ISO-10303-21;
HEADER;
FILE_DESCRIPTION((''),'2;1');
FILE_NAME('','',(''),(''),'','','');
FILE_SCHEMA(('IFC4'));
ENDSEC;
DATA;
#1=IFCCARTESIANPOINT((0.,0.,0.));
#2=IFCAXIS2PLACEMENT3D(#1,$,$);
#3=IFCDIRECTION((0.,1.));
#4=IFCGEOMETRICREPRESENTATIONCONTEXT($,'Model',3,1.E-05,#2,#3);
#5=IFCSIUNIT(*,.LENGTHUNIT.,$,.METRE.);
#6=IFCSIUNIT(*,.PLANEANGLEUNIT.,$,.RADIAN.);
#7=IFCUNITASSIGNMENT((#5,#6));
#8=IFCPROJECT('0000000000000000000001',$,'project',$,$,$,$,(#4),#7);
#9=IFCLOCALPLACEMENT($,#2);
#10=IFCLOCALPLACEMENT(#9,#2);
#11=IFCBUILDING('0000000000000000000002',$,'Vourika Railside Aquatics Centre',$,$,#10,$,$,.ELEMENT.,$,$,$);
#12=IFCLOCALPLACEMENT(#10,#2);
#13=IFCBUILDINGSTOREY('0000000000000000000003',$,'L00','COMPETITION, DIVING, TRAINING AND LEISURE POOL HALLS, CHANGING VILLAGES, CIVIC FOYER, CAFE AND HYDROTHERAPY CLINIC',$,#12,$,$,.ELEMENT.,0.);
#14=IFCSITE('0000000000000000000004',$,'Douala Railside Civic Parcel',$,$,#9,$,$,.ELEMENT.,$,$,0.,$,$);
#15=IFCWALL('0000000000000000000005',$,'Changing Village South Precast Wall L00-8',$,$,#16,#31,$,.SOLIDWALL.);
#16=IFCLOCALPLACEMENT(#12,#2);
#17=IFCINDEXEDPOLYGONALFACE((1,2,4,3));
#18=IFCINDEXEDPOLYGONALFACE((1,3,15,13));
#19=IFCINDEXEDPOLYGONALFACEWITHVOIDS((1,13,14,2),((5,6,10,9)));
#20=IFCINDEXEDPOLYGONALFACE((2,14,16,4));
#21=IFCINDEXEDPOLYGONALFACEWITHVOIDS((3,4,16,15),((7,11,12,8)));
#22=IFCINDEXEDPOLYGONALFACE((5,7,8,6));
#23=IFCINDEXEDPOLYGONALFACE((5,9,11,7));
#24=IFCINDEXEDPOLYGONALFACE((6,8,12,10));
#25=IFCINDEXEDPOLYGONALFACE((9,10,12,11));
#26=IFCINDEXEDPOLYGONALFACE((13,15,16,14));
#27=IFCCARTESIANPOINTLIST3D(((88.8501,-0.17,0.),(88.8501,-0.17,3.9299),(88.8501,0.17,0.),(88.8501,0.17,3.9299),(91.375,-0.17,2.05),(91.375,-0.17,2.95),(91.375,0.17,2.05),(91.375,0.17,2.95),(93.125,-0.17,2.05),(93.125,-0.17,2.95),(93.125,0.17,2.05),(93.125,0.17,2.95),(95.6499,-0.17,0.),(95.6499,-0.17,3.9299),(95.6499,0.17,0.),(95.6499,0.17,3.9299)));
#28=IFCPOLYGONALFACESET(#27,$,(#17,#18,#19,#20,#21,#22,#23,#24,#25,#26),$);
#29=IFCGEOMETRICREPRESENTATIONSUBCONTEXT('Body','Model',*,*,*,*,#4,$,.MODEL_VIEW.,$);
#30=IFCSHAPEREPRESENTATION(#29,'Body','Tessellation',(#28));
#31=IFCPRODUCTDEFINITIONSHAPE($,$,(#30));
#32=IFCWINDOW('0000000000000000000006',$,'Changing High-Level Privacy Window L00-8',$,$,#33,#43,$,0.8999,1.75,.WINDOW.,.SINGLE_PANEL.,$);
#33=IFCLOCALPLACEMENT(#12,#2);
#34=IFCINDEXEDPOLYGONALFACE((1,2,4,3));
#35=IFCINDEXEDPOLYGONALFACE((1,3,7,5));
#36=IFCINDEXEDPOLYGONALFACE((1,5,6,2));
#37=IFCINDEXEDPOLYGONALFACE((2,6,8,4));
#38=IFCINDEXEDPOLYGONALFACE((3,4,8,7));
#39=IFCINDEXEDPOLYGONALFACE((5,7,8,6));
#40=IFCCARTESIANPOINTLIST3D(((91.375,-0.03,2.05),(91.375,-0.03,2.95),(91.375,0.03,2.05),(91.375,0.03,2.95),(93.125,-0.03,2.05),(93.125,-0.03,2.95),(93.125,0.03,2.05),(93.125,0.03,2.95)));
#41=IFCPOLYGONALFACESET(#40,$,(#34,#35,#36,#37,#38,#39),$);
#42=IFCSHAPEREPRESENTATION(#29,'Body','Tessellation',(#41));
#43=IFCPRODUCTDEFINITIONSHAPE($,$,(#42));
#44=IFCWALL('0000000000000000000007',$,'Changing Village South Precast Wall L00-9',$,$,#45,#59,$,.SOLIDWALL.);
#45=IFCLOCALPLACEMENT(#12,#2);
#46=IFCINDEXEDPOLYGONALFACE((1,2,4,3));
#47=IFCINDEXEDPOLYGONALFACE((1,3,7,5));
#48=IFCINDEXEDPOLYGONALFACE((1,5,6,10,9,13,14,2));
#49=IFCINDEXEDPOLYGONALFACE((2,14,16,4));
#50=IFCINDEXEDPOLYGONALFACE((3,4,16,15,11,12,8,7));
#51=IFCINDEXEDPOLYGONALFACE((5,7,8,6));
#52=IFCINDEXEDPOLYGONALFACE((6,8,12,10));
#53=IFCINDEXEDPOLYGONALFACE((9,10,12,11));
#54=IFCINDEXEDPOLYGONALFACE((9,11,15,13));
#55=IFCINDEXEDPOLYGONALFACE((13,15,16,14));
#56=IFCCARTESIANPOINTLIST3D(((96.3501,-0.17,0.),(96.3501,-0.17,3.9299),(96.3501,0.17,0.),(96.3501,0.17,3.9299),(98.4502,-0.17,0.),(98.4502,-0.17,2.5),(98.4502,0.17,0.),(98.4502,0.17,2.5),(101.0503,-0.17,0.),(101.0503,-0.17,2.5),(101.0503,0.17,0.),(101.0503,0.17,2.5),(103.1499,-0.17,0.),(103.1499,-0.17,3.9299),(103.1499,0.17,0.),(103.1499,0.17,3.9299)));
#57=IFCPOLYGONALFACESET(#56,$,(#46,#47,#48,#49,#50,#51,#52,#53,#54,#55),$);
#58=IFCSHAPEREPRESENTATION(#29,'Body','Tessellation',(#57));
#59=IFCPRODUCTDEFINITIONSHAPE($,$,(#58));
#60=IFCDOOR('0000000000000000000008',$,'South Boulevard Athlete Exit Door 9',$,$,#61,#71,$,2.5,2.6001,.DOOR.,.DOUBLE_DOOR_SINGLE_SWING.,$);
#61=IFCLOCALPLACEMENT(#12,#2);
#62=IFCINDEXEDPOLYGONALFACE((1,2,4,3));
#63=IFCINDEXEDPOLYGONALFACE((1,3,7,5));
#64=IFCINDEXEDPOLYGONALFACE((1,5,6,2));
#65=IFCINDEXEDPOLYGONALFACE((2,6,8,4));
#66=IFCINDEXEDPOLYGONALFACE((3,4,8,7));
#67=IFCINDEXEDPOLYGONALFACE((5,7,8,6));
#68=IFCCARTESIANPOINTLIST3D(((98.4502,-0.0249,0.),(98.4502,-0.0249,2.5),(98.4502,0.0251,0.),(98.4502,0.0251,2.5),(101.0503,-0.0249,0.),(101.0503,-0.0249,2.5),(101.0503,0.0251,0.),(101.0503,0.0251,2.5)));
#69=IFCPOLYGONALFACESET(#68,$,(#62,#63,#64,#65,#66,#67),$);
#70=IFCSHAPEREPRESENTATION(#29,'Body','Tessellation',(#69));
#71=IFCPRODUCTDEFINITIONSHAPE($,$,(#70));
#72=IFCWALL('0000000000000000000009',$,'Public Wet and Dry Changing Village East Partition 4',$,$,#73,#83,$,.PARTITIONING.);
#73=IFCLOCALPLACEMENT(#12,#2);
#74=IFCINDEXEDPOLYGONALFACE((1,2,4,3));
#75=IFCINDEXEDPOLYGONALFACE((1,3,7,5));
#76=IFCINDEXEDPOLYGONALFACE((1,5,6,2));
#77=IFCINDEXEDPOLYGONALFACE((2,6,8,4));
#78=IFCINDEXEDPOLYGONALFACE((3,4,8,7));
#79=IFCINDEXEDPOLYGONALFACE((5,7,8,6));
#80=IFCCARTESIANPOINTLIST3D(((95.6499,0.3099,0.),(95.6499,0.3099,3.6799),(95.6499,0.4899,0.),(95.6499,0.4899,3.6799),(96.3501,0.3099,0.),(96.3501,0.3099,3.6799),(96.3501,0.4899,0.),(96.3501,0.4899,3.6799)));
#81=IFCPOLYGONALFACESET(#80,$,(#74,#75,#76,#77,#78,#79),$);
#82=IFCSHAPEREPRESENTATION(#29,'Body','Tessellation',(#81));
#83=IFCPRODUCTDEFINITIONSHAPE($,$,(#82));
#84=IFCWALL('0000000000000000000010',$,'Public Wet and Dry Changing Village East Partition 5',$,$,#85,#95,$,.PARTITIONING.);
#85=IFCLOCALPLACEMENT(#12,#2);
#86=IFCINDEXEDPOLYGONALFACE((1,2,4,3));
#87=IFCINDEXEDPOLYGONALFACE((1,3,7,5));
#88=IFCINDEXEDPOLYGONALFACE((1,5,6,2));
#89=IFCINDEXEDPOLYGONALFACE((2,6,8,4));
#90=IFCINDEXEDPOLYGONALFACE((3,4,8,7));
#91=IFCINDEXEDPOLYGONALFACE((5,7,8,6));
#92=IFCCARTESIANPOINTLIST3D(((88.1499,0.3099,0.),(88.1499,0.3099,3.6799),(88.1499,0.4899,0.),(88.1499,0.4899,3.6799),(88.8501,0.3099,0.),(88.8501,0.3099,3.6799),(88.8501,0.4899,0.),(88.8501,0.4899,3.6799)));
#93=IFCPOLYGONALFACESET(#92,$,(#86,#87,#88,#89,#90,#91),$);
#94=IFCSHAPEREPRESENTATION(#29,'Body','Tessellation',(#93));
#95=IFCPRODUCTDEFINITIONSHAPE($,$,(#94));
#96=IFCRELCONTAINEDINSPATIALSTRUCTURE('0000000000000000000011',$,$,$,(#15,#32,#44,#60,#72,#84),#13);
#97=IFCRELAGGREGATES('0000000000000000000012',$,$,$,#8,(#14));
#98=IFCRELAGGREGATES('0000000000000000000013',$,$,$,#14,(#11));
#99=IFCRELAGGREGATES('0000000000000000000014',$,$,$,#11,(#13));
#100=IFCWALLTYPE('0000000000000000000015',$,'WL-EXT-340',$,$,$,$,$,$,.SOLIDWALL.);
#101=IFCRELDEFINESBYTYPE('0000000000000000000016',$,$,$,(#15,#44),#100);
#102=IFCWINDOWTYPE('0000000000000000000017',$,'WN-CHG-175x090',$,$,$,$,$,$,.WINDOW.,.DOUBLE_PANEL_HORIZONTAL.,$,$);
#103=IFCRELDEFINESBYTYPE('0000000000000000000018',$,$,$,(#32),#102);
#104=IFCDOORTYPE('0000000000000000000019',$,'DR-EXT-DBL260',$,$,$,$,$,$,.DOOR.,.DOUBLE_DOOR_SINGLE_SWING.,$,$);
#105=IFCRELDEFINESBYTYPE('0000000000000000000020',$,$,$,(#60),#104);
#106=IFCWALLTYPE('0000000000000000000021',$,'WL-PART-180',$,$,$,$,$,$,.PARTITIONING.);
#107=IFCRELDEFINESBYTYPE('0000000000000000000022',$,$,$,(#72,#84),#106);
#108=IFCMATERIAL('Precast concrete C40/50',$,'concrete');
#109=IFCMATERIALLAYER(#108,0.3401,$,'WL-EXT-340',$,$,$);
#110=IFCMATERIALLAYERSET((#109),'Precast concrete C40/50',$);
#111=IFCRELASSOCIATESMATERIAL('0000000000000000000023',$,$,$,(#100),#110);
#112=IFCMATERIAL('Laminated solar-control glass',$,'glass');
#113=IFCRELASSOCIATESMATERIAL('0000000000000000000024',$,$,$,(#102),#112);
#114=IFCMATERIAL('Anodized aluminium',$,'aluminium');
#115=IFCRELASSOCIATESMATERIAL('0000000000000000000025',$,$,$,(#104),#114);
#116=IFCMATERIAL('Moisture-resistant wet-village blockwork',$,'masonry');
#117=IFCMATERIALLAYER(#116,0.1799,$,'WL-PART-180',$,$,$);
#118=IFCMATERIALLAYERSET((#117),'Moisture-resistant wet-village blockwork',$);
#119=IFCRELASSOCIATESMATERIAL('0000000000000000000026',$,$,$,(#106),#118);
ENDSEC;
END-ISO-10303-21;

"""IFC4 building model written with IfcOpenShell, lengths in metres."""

from ifc_helpers import new_model, si_unit, direction, frame, frame_2d, origin, place, context, subcontext, project, spatial, rectangle, extrude, material, layer, layer_set, type_object, element, fill, save


model = new_model("IFC4")

# Units and contexts
model_context = context("Model", 3, precision=1e-05, world=origin(), true_north=direction((0.0, 1.0)))
body_context = subcontext(model_context, "Body", "Model", "MODEL_VIEW")
ifc_project = project(units=[si_unit("LENGTHUNIT", "METRE"), si_unit("PLANEANGLEUNIT", "RADIAN")], contexts=[model_context])

# Site, building, storey
site_placement = place(None, origin())
site = spatial("IfcSite", under=ifc_project, at=site_placement, Name="Douala Railside Civic Parcel", CompositionType="ELEMENT", RefElevation=0.0)
building_placement = place(site_placement, origin())
building = spatial("IfcBuilding", under=site, at=building_placement, Name="Vourika Railside Aquatics Centre", CompositionType="ELEMENT")
storey_placement = place(building_placement, origin())
storey = spatial("IfcBuildingStorey", under=building, at=storey_placement, Name="L00", Description="COMPETITION, DIVING, TRAINING AND LEISURE POOL HALLS, CHANGING VILLAGES, CIVIC FOYER, CAFE AND HYDROTHERAPY CLINIC", CompositionType="ELEMENT", Elevation=0.0)

# Wall, opening, window
ifc_material_1 = material(Name="Precast concrete C40/50", Category="concrete")
ifc_layer_1 = layer(ifc_material_1, 0.3401, Name="WL-EXT-340")
ifc_layer_set_1 = layer_set([ifc_layer_1], Name="Precast concrete C40/50")
wall_type_1 = type_object("IfcWallType", Name="WL-EXT-340", PredefinedType="SOLIDWALL", material=ifc_layer_set_1)
wall_1_placement = place(storey_placement, frame((88.8501, 0.0, 0.0), z_axis=(0.0, 0.0, 1.0), x_axis=(1.0, 0.0, 0.0)))
wall_1 = element("IfcWall", 1, at=wall_1_placement, inside=storey, type_object=wall_type_1, Name="Changing Village South Precast Wall L00-8", PredefinedType="SOLIDWALL", context=body_context, shape_type="SweptSolid", body=[
    extrude(rectangle(XDim=6.7998, YDim=0.3401, at=frame_2d((3.3999, 0.0))), origin(), (0.0, 0.0, 1.0), 3.9299),
])
opening_1_placement = place(wall_1_placement, frame((2.5249, 0.0, 2.05)))
opening_1 = element("IfcOpeningElement", 2, at=opening_1_placement, cuts=wall_1, PredefinedType="OPENING", context=body_context, shape_type="SweptSolid", body=[
    extrude(rectangle(XDim=1.75, YDim=0.8999, at=frame_2d((0.875, 0.45))), frame((0.0, 0.1802, 0.0), z_axis=(0.0, -1.0, 0.0), x_axis=(1.0, 0.0, 0.0)), (0.0, 0.0, 1.0), 0.3601),
])
ifc_material_2 = material(Name="Laminated solar-control glass", Category="glass")
window_type = type_object("IfcWindowType", Name="WN-CHG-175x090", PartitioningType="DOUBLE_PANEL_HORIZONTAL", PredefinedType="WINDOW", material=ifc_material_2)
window_placement = place(opening_1_placement, origin())
window = element("IfcWindow", 3, at=window_placement, inside=storey, type_object=window_type, Name="Changing High-Level Privacy Window L00-8", OverallHeight=0.8999, OverallWidth=1.75, PartitioningType="SINGLE_PANEL", PredefinedType="WINDOW", context=body_context, shape_type="SweptSolid", body=[
    extrude(rectangle(XDim=1.75, YDim=0.8999, at=frame_2d((0.875, 0.45))), frame((0.0, 0.03, 0.0), z_axis=(0.0, -1.0, 0.0), x_axis=(1.0, 0.0, 0.0)), (0.0, 0.0, 1.0), 0.0601),
])
fill(opening_1, window)

# Wall, opening, door
wall_2_placement = place(storey_placement, frame((96.3501, 0.0, 0.0), z_axis=(0.0, 0.0, 1.0), x_axis=(1.0, 0.0, 0.0)))
wall_2 = element("IfcWall", 4, at=wall_2_placement, inside=storey, type_object=wall_type_1, Name="Changing Village South Precast Wall L00-9", PredefinedType="SOLIDWALL", context=body_context, shape_type="SweptSolid", body=[
    extrude(rectangle(XDim=6.7998, YDim=0.3401, at=frame_2d((3.3999, 0.0))), origin(), (0.0, 0.0, 1.0), 3.9299),
])
opening_2_placement = place(wall_2_placement, frame((2.1001, 0.0, 0.0)))
opening_2 = element("IfcOpeningElement", 5, at=opening_2_placement, cuts=wall_2, PredefinedType="OPENING", context=body_context, shape_type="SweptSolid", body=[
    extrude(rectangle(XDim=2.6001, YDim=2.5, at=frame_2d((1.3, 1.25))), frame((0.0, 0.1802, 0.0), z_axis=(0.0, -1.0, 0.0), x_axis=(1.0, 0.0, 0.0)), (0.0, 0.0, 1.0), 0.3601),
])
ifc_material_3 = material(Name="Anodized aluminium", Category="aluminium")
door_type = type_object("IfcDoorType", Name="DR-EXT-DBL260", OperationType="DOUBLE_DOOR_SINGLE_SWING", PredefinedType="DOOR", material=ifc_material_3)
door_placement = place(opening_2_placement, frame((2.6001, 0.0, 0.0), z_axis=(0.0, 0.0, 1.0), x_axis=(-1.0, 0.0, 0.0)))
door = element("IfcDoor", 6, at=door_placement, inside=storey, type_object=door_type, Name="South Boulevard Athlete Exit Door 9", OperationType="DOUBLE_DOOR_SINGLE_SWING", OverallHeight=2.5, OverallWidth=2.6001, PredefinedType="DOOR", context=body_context, shape_type="SweptSolid", body=[
    extrude(rectangle(XDim=2.6001, YDim=2.5, at=frame_2d((1.3, 1.25))), frame((0.0, 0.0249, 0.0), z_axis=(0.0, -1.0, 0.0), x_axis=(1.0, 0.0, 0.0)), (0.0, 0.0, 1.0), 0.05),
])
fill(opening_2, door)

# Walls
ifc_material_4 = material(Name="Moisture-resistant wet-village blockwork", Category="masonry")
ifc_layer_2 = layer(ifc_material_4, 0.1799, Name="WL-PART-180")
ifc_layer_set_2 = layer_set([ifc_layer_2], Name="Moisture-resistant wet-village blockwork")
wall_type_2 = type_object("IfcWallType", Name="WL-PART-180", PredefinedType="PARTITIONING", material=ifc_layer_set_2)
for number, where, z_axis, x_axis, name in (
    (7, (96.3501, 0.3999, 0.0), (0.0, 0.0, 1.0), (-1.0, 0.0, 0.0), "Public Wet and Dry Changing Village East Partition 4"),
    (8, (88.8501, 0.3999, 0.0), (0.0, 0.0, 1.0), (-1.0, 0.0, 0.0), "Public Wet and Dry Changing Village East Partition 5"),
):
    element("IfcWall", number, at=place(storey_placement, frame(where, z_axis=z_axis, x_axis=x_axis)), inside=storey, type_object=wall_type_2, Name=name, PredefinedType="PARTITIONING", context=body_context, shape_type="SweptSolid", body=[
        extrude(rectangle(XDim=0.7002, YDim=0.1799, at=frame_2d((0.3501, 0.0))), origin(), (0.0, 0.0, 1.0), 3.6799),
    ])

save(model, "model.ifc")
